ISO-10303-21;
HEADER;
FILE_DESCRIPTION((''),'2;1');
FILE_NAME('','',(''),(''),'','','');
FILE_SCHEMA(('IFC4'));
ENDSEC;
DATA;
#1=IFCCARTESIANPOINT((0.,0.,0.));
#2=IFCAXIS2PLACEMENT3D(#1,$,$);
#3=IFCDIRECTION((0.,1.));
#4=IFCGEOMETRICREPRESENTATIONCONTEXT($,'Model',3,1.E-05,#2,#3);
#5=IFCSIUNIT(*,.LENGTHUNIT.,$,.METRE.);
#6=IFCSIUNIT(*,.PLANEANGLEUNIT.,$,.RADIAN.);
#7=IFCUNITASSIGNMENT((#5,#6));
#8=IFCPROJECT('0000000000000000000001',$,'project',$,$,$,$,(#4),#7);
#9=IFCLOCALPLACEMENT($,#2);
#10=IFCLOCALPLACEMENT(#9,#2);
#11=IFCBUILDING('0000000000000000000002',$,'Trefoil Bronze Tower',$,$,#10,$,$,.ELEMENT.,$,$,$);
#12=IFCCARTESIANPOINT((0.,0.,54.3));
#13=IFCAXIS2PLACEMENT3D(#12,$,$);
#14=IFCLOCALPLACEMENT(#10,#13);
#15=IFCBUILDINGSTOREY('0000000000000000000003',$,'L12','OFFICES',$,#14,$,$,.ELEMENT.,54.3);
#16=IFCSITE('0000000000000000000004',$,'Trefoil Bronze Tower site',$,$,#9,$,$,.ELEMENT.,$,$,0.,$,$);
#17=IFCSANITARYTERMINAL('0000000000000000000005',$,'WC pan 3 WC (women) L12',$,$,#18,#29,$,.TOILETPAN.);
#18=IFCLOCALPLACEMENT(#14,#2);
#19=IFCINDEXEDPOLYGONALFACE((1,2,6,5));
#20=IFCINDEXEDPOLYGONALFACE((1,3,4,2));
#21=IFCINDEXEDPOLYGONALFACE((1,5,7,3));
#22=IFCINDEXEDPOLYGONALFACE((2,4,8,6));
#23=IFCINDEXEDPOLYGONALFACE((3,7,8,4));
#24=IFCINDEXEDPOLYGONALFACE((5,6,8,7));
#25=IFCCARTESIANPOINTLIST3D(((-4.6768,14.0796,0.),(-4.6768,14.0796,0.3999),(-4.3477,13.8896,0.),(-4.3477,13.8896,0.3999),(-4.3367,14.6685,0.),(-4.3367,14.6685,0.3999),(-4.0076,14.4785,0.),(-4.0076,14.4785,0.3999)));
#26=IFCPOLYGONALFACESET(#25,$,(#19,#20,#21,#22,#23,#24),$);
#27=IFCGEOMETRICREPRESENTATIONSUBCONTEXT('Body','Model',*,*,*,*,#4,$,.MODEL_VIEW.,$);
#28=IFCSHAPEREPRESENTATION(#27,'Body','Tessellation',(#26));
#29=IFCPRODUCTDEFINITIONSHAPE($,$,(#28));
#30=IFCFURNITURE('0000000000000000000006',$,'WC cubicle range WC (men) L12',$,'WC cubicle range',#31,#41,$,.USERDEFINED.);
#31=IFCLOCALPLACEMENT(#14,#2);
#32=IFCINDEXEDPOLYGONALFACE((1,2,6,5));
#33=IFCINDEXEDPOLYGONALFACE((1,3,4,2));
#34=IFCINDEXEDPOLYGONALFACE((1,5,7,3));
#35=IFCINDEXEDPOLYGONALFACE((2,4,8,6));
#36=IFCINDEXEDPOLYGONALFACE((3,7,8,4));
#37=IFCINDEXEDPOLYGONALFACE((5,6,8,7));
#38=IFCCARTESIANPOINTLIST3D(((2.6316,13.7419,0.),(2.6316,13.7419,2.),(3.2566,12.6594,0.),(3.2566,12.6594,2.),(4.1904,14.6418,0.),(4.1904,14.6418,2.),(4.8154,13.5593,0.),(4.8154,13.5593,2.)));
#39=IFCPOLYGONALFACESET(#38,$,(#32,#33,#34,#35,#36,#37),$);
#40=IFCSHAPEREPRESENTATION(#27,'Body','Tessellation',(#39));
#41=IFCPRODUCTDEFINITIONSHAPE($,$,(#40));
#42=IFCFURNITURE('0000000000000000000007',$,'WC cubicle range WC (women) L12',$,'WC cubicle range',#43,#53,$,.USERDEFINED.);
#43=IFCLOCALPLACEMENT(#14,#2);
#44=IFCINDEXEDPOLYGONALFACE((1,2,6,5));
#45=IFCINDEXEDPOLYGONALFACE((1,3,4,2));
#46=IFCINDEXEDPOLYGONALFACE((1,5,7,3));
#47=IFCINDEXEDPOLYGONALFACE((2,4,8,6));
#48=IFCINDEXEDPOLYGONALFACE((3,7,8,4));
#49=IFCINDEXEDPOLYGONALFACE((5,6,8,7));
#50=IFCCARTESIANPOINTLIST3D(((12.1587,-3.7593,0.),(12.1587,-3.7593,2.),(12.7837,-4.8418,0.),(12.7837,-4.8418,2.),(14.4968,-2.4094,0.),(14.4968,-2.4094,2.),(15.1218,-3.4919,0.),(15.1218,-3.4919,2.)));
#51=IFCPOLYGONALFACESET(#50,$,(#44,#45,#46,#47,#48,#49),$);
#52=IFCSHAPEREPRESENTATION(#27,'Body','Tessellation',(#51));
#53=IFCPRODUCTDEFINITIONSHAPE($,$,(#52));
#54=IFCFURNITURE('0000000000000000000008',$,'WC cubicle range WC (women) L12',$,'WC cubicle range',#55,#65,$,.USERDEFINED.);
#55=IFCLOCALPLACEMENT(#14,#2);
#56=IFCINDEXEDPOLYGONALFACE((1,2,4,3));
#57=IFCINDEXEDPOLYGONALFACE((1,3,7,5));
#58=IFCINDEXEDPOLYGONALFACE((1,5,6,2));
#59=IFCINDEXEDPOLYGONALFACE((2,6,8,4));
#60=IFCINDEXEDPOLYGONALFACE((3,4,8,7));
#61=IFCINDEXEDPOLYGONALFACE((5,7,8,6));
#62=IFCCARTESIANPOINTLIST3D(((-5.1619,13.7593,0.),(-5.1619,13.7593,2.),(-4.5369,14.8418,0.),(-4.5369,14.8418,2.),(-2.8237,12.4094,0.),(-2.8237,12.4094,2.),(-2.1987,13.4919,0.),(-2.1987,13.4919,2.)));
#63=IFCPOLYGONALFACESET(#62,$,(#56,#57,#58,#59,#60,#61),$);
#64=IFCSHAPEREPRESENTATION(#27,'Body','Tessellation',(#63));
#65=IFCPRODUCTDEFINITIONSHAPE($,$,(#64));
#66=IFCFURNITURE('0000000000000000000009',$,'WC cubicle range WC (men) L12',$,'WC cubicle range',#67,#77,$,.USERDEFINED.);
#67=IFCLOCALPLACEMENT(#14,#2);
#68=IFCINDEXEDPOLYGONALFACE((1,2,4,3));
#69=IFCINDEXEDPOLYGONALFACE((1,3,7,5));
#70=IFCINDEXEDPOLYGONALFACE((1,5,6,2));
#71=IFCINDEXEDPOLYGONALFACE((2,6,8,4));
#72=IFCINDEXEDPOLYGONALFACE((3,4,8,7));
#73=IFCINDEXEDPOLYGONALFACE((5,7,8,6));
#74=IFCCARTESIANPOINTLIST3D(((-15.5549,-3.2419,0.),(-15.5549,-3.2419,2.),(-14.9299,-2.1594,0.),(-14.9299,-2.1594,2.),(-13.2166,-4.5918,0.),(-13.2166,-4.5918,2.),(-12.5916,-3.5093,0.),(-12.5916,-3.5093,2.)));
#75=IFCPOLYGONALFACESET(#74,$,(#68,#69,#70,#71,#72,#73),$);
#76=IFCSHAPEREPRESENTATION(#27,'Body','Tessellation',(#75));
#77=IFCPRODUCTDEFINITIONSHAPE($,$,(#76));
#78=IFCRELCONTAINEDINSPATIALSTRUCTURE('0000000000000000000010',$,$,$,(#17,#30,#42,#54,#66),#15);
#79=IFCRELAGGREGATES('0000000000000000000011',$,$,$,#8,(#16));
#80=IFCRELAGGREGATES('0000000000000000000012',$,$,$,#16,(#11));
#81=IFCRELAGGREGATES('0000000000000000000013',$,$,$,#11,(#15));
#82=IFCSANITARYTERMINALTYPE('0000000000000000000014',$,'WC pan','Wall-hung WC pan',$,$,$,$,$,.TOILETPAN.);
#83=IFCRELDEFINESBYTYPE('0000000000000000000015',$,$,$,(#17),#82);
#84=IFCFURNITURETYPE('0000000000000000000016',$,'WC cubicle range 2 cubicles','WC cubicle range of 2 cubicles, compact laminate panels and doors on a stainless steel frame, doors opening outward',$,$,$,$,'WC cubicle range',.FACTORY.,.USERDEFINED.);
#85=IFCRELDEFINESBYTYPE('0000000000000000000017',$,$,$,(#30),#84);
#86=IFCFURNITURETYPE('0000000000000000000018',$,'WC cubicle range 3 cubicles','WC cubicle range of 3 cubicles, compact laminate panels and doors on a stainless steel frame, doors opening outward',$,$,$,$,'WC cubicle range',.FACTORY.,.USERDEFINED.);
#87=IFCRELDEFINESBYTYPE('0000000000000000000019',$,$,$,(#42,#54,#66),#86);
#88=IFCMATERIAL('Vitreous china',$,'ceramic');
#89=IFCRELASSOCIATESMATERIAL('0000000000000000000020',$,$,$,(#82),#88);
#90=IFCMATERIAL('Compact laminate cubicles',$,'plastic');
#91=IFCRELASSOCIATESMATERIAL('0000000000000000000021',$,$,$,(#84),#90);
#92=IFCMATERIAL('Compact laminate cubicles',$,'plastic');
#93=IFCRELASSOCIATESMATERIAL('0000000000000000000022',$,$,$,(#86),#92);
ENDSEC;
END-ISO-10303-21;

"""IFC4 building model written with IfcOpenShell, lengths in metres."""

from ifc_helpers import new_model, si_unit, direction, frame, origin, place, context, subcontext, project, spatial, polyline, outline, extrude, material, type_object, element, save


model = new_model("IFC4")

# Units and contexts
model_context = context("Model", 3, precision=1e-05, world=origin(), true_north=direction((0.0, 1.0)))
body_context = subcontext(model_context, "Body", "Model", "MODEL_VIEW")
ifc_project = project(units=[si_unit("LENGTHUNIT", "METRE"), si_unit("PLANEANGLEUNIT", "RADIAN")], contexts=[model_context])

# Site, building, storey
site_placement = place(None, origin())
site = spatial("IfcSite", under=ifc_project, at=site_placement, Name="Trefoil Bronze Tower site", CompositionType="ELEMENT", RefElevation=0.0)
building_placement = place(site_placement, origin())
building = spatial("IfcBuilding", under=site, at=building_placement, Name="Trefoil Bronze Tower", CompositionType="ELEMENT")
storey_placement = place(building_placement, frame((0.0, 0.0, 54.3)))
storey = spatial("IfcBuildingStorey", under=building, at=storey_placement, Name="L12", Description="OFFICES", CompositionType="ELEMENT", Elevation=54.3)

# Sanitary terminal
ifc_material_1 = material(Name="Vitreous china", Category="ceramic")
sanitary_terminal_type_1 = type_object("IfcSanitaryTerminalType", Name="WC pan", Description="Wall-hung WC pan", PredefinedType="TOILETPAN", material=ifc_material_1)
sanitary_terminal_1_placement = place(storey_placement, origin())
element("IfcSanitaryTerminal", 1, at=sanitary_terminal_1_placement, inside=storey, type_object=sanitary_terminal_type_1, Name="WC pan 3 WC (women) L12", PredefinedType="TOILETPAN", context=body_context, shape_type="SweptSolid", body=[
    extrude(outline(polyline([(-4.3477, 13.8896), (-4.0076, 14.4785), (-4.3367, 14.6685), (-4.6768, 14.0796), (-4.3477, 13.8896)])), origin(), (0.0, 0.0, 1.0), 0.3999),
])

# Furniture
ifc_material_2 = material(Name="Compact laminate cubicles", Category="plastic")
furniture_type_1 = type_object("IfcFurnitureType", Name="WC cubicle range 2 cubicles", Description="WC cubicle range of 2 cubicles, compact laminate panels and doors on a stainless steel frame, doors opening outward", ElementType="WC cubicle range", AssemblyPlace="FACTORY", PredefinedType="USERDEFINED", material=ifc_material_2)
furniture_1_placement = place(storey_placement, origin())
element("IfcFurniture", 2, at=furniture_1_placement, inside=storey, type_object=furniture_type_1, Name="WC cubicle range WC (men) L12", ObjectType="WC cubicle range", PredefinedType="USERDEFINED", context=body_context, shape_type="SweptSolid", body=[
    extrude(outline(polyline([(3.2566, 12.6594), (2.6316, 13.7419), (4.1904, 14.6418), (4.8154, 13.5593), (3.2566, 12.6594)])), origin(), (0.0, 0.0, 1.0), 2.0),
])
ifc_material_3 = material(Name="Compact laminate cubicles", Category="plastic")
furniture_type_2 = type_object("IfcFurnitureType", Name="WC cubicle range 3 cubicles", Description="WC cubicle range of 3 cubicles, compact laminate panels and doors on a stainless steel frame, doors opening outward", ElementType="WC cubicle range", AssemblyPlace="FACTORY", PredefinedType="USERDEFINED", material=ifc_material_3)
furniture_2_placement = place(storey_placement, origin())
element("IfcFurniture", 3, at=furniture_2_placement, inside=storey, type_object=furniture_type_2, Name="WC cubicle range WC (women) L12", ObjectType="WC cubicle range", PredefinedType="USERDEFINED", context=body_context, shape_type="SweptSolid", body=[
    extrude(outline(polyline([(12.1587, -3.7593), (12.7837, -4.8418), (15.1218, -3.4919), (14.4968, -2.4094), (12.1587, -3.7593)])), origin(), (0.0, 0.0, 1.0), 2.0),
])
furniture_3_placement = place(storey_placement, origin())
element("IfcFurniture", 4, at=furniture_3_placement, inside=storey, type_object=furniture_type_2, Name="WC cubicle range WC (women) L12", ObjectType="WC cubicle range", PredefinedType="USERDEFINED", context=body_context, shape_type="SweptSolid", body=[
    extrude(outline(polyline([(-2.8237, 12.4094), (-2.1987, 13.4919), (-4.5369, 14.8418), (-5.1619, 13.7593), (-2.8237, 12.4094)])), origin(), (0.0, 0.0, 1.0), 2.0),
])
furniture_4_placement = place(storey_placement, origin())
element("IfcFurniture", 5, at=furniture_4_placement, inside=storey, type_object=furniture_type_2, Name="WC cubicle range WC (men) L12", ObjectType="WC cubicle range", PredefinedType="USERDEFINED", context=body_context, shape_type="SweptSolid", body=[
    extrude(outline(polyline([(-12.5916, -3.5093), (-13.2166, -4.5918), (-15.5549, -3.2419), (-14.9299, -2.1594), (-12.5916, -3.5093)])), origin(), (0.0, 0.0, 1.0), 2.0),
])

save(model, "model.ifc")
